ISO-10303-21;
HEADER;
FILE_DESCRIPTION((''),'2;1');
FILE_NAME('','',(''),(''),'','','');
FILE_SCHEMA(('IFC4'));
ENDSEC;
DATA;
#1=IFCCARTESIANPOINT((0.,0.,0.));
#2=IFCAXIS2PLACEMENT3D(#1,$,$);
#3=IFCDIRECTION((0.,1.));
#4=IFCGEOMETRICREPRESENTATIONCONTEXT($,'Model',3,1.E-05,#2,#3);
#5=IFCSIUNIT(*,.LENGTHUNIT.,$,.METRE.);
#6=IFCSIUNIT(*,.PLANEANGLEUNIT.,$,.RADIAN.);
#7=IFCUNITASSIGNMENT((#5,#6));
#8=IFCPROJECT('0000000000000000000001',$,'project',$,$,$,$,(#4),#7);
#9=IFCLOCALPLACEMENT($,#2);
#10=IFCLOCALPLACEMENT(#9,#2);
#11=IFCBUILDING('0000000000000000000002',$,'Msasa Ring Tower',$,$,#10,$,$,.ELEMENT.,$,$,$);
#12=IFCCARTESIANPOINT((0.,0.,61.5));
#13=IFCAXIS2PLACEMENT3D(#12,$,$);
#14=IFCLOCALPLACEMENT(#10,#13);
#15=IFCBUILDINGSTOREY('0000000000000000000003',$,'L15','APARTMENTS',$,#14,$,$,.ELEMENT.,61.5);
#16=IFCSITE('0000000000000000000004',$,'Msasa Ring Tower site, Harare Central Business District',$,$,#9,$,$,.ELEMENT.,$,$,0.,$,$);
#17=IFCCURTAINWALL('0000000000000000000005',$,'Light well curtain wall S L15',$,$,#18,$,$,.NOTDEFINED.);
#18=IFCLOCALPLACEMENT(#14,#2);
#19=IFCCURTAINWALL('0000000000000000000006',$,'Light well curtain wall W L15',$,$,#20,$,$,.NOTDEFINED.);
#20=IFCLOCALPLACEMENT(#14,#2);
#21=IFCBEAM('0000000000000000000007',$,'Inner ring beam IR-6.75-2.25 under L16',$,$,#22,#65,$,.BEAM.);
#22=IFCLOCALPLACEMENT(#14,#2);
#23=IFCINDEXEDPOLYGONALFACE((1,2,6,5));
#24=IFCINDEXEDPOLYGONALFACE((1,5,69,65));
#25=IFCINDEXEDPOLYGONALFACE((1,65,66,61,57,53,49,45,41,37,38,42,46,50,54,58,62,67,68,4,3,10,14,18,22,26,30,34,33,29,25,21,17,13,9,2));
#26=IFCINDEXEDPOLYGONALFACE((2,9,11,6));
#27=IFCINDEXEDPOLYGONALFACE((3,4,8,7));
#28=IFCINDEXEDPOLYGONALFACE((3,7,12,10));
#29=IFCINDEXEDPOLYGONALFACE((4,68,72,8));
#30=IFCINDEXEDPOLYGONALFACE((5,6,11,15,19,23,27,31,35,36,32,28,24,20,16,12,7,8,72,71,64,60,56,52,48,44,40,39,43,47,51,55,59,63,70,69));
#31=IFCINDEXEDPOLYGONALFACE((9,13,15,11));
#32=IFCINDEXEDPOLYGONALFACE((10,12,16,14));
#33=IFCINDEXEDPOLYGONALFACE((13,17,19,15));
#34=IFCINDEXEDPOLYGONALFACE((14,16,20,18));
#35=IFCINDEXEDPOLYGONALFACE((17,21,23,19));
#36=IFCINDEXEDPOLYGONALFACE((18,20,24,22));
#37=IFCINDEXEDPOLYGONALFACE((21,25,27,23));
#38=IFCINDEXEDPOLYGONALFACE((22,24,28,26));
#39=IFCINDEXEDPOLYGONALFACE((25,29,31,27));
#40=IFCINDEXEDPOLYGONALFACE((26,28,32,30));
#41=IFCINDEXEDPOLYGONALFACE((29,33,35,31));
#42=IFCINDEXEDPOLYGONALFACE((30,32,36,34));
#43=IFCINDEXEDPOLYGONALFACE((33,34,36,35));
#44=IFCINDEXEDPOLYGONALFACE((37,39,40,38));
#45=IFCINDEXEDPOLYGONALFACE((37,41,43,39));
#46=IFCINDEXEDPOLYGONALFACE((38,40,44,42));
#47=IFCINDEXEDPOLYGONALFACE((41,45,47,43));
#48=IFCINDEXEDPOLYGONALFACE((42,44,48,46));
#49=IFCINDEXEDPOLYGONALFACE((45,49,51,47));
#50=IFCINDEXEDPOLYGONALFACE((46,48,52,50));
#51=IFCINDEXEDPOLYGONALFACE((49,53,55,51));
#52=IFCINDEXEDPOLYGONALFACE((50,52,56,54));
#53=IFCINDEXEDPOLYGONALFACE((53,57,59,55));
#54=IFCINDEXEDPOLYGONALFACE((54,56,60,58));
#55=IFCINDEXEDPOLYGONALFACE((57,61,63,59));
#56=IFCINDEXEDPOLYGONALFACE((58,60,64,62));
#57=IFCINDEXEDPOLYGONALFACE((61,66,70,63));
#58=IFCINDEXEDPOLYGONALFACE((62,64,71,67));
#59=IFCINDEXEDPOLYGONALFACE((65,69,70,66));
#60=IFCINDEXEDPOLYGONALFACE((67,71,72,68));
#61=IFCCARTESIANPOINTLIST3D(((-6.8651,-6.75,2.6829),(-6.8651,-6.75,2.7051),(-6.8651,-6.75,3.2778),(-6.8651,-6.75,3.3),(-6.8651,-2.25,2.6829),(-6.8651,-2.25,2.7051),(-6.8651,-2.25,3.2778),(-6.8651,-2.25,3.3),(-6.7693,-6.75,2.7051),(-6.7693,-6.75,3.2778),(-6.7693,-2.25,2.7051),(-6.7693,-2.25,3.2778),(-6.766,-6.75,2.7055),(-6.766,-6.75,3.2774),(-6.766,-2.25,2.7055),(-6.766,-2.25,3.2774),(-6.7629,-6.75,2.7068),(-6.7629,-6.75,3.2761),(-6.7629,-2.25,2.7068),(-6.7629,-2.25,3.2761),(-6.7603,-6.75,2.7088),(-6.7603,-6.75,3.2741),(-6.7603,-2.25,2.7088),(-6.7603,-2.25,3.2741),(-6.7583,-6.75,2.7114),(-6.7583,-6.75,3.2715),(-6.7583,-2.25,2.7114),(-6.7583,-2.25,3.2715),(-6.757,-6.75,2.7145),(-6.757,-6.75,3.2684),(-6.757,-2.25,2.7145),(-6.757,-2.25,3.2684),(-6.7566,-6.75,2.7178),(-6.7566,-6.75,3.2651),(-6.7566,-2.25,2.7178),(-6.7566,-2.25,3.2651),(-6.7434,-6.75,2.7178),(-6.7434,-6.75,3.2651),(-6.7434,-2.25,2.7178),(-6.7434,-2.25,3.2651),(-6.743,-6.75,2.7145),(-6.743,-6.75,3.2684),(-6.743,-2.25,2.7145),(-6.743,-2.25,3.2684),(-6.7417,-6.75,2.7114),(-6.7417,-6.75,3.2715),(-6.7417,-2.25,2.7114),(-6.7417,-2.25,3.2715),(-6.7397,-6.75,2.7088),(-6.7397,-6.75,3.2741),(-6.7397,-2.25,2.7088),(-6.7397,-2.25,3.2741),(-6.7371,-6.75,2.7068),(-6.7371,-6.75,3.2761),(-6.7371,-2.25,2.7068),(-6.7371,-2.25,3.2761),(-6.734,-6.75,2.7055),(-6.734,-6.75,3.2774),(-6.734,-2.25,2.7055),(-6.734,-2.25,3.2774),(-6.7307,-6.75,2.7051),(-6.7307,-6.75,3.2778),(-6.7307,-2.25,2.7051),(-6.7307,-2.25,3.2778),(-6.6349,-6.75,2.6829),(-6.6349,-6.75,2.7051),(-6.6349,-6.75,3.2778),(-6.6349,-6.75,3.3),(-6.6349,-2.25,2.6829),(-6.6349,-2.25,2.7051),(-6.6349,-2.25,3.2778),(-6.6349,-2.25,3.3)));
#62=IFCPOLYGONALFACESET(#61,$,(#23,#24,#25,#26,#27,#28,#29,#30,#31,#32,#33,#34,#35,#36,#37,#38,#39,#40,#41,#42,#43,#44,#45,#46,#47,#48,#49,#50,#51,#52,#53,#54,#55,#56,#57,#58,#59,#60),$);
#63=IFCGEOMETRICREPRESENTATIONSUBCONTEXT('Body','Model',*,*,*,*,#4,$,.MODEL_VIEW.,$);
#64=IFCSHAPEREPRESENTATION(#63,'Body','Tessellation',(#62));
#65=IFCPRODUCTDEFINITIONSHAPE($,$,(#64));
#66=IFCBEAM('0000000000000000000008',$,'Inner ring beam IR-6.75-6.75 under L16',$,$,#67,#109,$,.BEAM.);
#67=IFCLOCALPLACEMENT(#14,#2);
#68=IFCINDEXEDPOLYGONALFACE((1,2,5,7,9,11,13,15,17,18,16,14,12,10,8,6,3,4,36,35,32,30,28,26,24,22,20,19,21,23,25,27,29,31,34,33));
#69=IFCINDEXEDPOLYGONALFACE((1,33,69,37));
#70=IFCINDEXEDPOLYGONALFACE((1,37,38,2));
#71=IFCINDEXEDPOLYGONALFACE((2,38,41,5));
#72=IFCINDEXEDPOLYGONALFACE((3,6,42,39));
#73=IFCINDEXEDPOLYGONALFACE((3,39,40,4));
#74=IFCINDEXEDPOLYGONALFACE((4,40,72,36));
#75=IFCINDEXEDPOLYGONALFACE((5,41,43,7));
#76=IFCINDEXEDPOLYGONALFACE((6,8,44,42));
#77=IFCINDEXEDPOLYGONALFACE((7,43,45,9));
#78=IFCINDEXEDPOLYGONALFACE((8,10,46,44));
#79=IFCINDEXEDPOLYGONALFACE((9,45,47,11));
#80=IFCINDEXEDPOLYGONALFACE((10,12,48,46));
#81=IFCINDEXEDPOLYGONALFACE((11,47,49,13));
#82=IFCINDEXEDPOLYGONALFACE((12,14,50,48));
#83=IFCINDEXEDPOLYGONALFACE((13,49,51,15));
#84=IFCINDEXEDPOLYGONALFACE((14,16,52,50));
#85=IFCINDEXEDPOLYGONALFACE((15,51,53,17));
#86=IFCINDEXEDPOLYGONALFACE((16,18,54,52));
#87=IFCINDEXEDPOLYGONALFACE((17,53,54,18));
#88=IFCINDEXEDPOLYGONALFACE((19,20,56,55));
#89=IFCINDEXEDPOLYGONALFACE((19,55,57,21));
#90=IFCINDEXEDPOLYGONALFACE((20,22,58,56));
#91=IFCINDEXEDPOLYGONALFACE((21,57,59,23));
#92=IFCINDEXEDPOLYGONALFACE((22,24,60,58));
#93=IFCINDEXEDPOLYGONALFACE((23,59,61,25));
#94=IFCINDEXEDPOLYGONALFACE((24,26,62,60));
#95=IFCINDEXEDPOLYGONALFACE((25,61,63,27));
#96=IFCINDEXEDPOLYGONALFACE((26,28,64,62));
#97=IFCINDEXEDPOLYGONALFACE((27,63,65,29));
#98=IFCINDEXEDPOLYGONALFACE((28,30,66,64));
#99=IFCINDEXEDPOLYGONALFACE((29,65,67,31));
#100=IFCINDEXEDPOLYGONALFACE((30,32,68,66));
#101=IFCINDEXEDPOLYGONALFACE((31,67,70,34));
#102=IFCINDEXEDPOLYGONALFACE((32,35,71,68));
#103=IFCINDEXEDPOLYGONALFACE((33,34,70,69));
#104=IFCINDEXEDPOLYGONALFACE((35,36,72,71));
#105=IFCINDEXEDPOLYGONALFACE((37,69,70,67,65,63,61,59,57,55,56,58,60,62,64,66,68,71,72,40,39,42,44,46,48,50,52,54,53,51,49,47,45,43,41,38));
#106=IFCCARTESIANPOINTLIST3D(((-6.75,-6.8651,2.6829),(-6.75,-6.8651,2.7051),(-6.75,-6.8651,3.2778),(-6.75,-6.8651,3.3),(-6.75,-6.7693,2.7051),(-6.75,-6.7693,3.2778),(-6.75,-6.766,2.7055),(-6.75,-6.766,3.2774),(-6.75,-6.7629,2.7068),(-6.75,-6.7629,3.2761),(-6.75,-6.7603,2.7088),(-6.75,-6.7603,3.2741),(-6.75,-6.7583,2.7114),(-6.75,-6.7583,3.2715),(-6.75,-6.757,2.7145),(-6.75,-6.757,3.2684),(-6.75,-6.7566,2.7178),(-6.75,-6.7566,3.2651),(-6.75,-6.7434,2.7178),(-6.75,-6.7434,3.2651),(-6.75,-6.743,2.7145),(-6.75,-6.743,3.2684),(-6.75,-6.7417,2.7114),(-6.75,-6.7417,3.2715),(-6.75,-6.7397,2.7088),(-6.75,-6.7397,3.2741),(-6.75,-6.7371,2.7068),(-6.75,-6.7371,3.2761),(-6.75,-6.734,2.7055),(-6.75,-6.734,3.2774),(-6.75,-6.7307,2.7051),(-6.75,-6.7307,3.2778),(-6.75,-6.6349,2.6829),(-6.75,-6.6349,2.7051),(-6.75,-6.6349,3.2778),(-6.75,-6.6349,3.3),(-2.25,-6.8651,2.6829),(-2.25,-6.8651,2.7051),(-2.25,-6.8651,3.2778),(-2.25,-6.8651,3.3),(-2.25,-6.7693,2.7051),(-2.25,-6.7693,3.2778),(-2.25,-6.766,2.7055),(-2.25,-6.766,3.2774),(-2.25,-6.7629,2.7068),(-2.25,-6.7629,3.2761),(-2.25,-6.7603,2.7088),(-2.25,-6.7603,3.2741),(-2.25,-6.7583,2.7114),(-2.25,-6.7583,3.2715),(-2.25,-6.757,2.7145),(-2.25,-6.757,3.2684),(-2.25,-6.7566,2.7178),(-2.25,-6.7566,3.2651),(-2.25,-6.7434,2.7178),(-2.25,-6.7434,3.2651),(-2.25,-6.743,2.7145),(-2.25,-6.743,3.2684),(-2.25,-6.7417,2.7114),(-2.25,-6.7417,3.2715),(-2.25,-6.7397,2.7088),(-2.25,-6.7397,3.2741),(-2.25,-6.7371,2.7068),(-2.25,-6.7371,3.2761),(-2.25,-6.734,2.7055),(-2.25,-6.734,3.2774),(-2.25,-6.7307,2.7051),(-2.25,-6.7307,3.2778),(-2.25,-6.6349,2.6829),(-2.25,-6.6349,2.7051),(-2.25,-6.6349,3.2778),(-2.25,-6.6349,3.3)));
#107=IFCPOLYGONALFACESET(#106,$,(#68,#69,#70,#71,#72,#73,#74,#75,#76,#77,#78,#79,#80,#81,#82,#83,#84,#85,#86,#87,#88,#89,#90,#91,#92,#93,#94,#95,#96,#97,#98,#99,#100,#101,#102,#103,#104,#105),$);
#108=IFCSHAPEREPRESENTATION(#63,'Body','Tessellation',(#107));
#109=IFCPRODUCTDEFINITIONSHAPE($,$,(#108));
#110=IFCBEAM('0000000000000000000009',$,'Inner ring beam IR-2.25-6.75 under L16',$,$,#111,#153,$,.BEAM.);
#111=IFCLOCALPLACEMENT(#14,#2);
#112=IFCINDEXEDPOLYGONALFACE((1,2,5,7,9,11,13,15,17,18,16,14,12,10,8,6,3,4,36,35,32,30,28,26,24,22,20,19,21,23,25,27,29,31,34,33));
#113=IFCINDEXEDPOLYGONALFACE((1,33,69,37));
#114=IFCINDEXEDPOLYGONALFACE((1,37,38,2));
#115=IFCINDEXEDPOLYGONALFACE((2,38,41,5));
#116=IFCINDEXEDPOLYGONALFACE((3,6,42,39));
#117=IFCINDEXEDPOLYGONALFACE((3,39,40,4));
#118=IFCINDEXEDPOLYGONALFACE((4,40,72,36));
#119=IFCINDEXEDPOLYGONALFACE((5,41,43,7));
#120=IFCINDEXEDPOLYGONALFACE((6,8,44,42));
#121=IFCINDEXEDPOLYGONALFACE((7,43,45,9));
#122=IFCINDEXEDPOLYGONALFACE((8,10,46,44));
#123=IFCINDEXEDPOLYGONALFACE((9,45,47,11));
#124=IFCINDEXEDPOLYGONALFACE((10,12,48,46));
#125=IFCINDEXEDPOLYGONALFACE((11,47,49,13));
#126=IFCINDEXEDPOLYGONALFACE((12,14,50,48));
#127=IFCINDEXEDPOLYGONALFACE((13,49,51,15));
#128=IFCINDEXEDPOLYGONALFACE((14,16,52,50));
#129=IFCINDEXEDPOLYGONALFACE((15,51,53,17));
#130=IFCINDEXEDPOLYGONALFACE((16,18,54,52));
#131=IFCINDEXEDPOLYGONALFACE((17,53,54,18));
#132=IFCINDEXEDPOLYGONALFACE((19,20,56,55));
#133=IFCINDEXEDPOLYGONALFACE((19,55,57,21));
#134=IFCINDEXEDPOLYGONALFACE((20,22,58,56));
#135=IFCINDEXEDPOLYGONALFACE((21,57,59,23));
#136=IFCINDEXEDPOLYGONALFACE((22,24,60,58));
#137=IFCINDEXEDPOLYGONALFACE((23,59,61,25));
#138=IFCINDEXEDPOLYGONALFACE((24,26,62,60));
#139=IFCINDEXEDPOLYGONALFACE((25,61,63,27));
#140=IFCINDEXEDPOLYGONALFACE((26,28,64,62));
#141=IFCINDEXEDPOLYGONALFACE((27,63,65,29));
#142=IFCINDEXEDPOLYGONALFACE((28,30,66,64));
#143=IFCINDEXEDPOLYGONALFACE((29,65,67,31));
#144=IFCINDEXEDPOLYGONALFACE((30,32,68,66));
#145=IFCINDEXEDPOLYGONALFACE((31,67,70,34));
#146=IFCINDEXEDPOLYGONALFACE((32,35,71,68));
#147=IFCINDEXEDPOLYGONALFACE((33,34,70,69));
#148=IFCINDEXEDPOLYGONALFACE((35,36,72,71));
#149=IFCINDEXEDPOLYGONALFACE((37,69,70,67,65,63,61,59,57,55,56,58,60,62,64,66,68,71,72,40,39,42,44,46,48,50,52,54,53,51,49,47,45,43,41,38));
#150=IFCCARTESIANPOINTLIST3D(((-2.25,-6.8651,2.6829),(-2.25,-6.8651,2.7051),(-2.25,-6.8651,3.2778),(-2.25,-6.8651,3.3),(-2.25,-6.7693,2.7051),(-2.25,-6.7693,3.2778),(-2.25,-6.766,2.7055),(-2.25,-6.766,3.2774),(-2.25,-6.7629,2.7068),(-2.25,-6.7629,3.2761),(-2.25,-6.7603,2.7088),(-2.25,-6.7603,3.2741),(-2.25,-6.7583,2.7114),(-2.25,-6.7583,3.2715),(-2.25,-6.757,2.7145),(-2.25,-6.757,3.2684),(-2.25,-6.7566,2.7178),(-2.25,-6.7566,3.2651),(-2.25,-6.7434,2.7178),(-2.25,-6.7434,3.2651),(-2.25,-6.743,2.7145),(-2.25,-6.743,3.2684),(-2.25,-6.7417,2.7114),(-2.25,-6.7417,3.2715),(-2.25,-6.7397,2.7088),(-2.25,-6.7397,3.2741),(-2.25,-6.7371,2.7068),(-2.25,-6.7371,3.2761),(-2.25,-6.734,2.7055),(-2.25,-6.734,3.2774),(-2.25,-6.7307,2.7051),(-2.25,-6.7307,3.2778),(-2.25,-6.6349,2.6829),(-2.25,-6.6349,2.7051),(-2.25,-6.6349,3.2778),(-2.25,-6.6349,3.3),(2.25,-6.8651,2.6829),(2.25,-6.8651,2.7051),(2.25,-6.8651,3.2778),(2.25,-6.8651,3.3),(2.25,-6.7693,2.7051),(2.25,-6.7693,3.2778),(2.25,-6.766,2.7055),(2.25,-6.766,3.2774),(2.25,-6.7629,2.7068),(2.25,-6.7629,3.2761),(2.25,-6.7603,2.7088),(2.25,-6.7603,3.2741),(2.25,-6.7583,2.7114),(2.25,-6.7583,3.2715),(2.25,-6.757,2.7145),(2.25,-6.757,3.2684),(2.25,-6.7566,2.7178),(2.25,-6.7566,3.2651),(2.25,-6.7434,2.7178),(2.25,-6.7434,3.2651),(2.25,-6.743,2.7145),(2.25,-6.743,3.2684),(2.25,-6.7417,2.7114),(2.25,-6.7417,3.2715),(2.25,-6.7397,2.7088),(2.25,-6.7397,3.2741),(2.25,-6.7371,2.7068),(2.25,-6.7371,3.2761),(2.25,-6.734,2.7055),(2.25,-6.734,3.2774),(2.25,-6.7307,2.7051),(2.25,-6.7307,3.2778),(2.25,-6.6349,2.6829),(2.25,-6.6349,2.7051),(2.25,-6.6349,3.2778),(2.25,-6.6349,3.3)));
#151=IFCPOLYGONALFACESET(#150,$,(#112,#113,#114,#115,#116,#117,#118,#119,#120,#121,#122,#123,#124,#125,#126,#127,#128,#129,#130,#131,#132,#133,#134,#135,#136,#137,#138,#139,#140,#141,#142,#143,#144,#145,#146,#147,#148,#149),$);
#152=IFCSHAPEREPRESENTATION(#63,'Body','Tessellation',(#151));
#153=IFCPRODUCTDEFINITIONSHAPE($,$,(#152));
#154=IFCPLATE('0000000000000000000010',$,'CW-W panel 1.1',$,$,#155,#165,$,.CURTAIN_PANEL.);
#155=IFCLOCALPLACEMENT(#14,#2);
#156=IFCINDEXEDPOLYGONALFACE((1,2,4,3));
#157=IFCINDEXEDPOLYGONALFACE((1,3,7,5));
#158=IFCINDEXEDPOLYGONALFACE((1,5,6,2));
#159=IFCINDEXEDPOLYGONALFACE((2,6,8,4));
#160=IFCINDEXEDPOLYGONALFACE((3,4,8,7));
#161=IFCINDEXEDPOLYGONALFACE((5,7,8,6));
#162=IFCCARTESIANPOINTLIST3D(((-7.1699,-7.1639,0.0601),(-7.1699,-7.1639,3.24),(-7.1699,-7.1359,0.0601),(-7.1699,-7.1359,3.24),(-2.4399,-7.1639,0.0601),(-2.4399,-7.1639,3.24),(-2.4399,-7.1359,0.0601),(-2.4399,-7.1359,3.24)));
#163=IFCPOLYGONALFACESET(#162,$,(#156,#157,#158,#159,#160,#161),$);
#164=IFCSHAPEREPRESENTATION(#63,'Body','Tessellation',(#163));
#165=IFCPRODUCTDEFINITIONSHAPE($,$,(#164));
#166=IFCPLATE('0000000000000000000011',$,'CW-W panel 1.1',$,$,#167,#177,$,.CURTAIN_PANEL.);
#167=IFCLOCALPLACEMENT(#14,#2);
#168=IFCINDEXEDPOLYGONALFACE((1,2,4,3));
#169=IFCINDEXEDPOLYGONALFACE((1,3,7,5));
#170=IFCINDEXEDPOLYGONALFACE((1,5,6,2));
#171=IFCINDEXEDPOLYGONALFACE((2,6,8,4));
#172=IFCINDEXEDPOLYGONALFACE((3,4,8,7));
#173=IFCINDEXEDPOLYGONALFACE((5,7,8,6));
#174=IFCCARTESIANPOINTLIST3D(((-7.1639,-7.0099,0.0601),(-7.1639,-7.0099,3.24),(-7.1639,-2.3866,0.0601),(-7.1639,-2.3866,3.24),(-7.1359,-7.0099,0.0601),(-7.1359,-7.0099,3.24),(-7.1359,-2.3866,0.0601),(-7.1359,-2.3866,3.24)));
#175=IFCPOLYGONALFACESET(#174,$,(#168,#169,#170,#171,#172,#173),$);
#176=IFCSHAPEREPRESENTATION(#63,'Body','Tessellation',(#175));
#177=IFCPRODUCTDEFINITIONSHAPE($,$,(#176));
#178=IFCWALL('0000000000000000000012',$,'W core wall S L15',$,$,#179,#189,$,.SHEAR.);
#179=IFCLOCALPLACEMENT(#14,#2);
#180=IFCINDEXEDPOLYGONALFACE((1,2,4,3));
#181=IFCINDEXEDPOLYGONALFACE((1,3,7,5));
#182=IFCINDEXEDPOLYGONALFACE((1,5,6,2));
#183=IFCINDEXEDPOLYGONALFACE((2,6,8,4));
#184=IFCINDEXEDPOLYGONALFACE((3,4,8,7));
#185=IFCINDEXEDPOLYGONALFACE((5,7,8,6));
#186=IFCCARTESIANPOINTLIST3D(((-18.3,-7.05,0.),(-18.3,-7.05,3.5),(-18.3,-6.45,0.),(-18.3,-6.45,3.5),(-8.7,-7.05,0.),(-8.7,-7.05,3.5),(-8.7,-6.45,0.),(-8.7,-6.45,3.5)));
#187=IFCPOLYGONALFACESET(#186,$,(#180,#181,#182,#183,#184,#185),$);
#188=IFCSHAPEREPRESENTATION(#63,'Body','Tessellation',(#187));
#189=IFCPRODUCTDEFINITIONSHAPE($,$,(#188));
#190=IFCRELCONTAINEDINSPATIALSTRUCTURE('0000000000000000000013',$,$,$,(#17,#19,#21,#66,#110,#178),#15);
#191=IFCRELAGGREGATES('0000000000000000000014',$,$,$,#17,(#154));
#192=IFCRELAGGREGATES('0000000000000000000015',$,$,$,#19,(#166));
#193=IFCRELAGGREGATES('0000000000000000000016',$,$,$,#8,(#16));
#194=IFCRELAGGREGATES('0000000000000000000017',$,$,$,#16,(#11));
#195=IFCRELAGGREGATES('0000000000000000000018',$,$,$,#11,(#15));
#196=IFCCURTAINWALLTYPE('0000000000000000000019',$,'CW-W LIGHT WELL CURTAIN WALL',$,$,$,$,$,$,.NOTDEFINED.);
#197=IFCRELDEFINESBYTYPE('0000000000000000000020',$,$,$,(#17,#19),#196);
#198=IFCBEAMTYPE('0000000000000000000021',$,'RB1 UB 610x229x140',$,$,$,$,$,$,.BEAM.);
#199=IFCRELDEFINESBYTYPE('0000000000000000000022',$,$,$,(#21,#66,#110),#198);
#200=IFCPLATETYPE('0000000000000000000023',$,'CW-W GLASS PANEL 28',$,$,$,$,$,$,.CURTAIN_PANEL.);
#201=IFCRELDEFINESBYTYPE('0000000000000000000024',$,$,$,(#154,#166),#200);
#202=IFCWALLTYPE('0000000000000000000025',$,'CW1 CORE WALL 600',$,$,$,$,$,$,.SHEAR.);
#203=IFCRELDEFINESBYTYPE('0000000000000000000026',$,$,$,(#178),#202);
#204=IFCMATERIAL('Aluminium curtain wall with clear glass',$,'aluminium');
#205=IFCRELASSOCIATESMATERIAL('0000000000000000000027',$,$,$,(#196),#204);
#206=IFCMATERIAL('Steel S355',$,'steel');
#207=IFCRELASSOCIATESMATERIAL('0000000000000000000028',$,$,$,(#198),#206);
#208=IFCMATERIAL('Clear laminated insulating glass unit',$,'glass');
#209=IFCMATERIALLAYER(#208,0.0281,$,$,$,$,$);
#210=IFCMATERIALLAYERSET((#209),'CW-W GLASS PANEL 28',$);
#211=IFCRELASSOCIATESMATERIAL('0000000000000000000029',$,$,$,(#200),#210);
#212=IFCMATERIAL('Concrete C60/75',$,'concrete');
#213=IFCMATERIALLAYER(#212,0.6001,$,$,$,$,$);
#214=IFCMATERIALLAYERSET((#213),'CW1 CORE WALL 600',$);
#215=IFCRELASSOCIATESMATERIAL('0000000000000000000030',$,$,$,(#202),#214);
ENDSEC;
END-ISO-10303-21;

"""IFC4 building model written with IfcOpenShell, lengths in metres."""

from ifc_helpers import new_model, si_unit, direction, frame, frame_2d, origin, origin_2d, place, context, subcontext, project, spatial, rectangle, i_section, extrude, material, layer, layer_set, material_profile, profile_set, type_object, element, aggregate, save


model = new_model("IFC4")

# Units and contexts
model_context = context("Model", 3, precision=1e-05, world=origin(), true_north=direction((0.0, 1.0)))
body_context = subcontext(model_context, "Body", "Model", "MODEL_VIEW")
ifc_project = project(units=[si_unit("LENGTHUNIT", "METRE"), si_unit("PLANEANGLEUNIT", "RADIAN")], contexts=[model_context])

# Site, building, storey
site_placement = place(None, origin())
site = spatial("IfcSite", under=ifc_project, at=site_placement, Name="Msasa Ring Tower site, Harare Central Business District", CompositionType="ELEMENT", RefElevation=0.0)
building_placement = place(site_placement, origin())
building = spatial("IfcBuilding", under=site, at=building_placement, Name="Msasa Ring Tower", CompositionType="ELEMENT")
storey_placement = place(building_placement, frame((0.0, 0.0, 61.5)))
storey = spatial("IfcBuildingStorey", under=building, at=storey_placement, Name="L15", Description="APARTMENTS", CompositionType="ELEMENT", Elevation=61.5)

# Curtain wall
ifc_material_1 = material(Name="Aluminium curtain wall with clear glass", Category="aluminium")
curtain_wall_type = type_object("IfcCurtainWallType", Name="CW-W LIGHT WELL CURTAIN WALL", PredefinedType="NOTDEFINED", material=ifc_material_1)
curtain_wall_1_placement = place(storey_placement, origin())
curtain_wall_1 = element("IfcCurtainWall", 1, at=curtain_wall_1_placement, inside=storey, type_object=curtain_wall_type, Name="Light well curtain wall S L15", PredefinedType="NOTDEFINED")

# Curtain wall
curtain_wall_2_placement = place(storey_placement, origin())
curtain_wall_2 = element("IfcCurtainWall", 2, at=curtain_wall_2_placement, inside=storey, type_object=curtain_wall_type, Name="Light well curtain wall W L15", PredefinedType="NOTDEFINED")

# Beams
ifc_material_2 = material(Name="Steel S355", Category="steel")
ifc_material_profile_1 = material_profile(ifc_material_2, i_section(OverallWidth=0.2302, OverallDepth=0.6172, WebThickness=0.0132, FlangeThickness=0.0222, FilletRadius=0.0127, at=origin_2d()), Name="UB 610x229x140")
ifc_profile_set_1 = profile_set([ifc_material_profile_1], Name="Steel S355")
beam_type = type_object("IfcBeamType", Name="RB1 UB 610x229x140", PredefinedType="BEAM", material=ifc_profile_set_1)
for number, where, z_axis, x_axis, name in (
    (3, (-6.75, -2.25, 2.9915), (0.0, -1.0, 0.0), (1.0, 0.0, 0.0), "Inner ring beam IR-6.75-2.25 under L16"),
    (4, (-6.75, -6.75, 2.9915), (1.0, 0.0, 0.0), (0.0, 1.0, 0.0), "Inner ring beam IR-6.75-6.75 under L16"),
    (5, (-2.25, -6.75, 2.9915), (1.0, 0.0, 0.0), (0.0, 1.0, 0.0), "Inner ring beam IR-2.25-6.75 under L16"),
):
    element("IfcBeam", number, at=place(storey_placement, frame(where, z_axis=z_axis, x_axis=x_axis)), inside=storey, type_object=beam_type, Name=name, PredefinedType="BEAM", context=body_context, shape_type="SweptSolid", body=[
        extrude(i_section(OverallWidth=0.2302, OverallDepth=0.6172, WebThickness=0.0132, FlangeThickness=0.0222, FilletRadius=0.0127, at=origin_2d()), origin(), (0.0, 0.0, 1.0), 4.5),
    ])

# Plates
ifc_material_3 = material(Name="Clear laminated insulating glass unit", Category="glass")
ifc_layer_1 = layer(ifc_material_3, 0.0281)
ifc_layer_set_1 = layer_set([ifc_layer_1], Name="CW-W GLASS PANEL 28")
plate_type = type_object("IfcPlateType", Name="CW-W GLASS PANEL 28", PredefinedType="CURTAIN_PANEL", material=ifc_layer_set_1)
plate_1_placement = place(storey_placement, frame((-4.8049, -7.1499, 0.0601), z_axis=(0.0, 0.0, 1.0), x_axis=(1.0, 0.0, 0.0)))
plate_1 = element("IfcPlate", 6, at=plate_1_placement, type_object=plate_type, Name="CW-W panel 1.1", PredefinedType="CURTAIN_PANEL", context=body_context, shape_type="SweptSolid", body=[
    extrude(rectangle(XDim=4.73, YDim=0.0281, at=origin_2d()), origin(), (0.0, 0.0, 1.0), 3.1799),
])
aggregate(curtain_wall_1, [plate_1])
plate_2_placement = place(storey_placement, frame((-7.1499, -4.6982, 0.0601), z_axis=(0.0, 0.0, 1.0), x_axis=(0.0, 1.0, 0.0)))
plate_2 = element("IfcPlate", 7, at=plate_2_placement, type_object=plate_type, Name="CW-W panel 1.1", PredefinedType="CURTAIN_PANEL", context=body_context, shape_type="SweptSolid", body=[
    extrude(rectangle(XDim=4.6233, YDim=0.0281, at=origin_2d()), origin(), (0.0, 0.0, 1.0), 3.1799),
])
aggregate(curtain_wall_2, [plate_2])

# Wall
ifc_material_4 = material(Name="Concrete C60/75", Category="concrete")
ifc_layer_2 = layer(ifc_material_4, 0.6001)
ifc_layer_set_2 = layer_set([ifc_layer_2], Name="CW1 CORE WALL 600")
wall_type_1 = type_object("IfcWallType", Name="CW1 CORE WALL 600", PredefinedType="SHEAR", material=ifc_layer_set_2)
wall_1_placement = place(storey_placement, frame((-8.7, -6.75, 0.0), z_axis=(0.0, 0.0, 1.0), x_axis=(-1.0, 0.0, 0.0)))
element("IfcWall", 8, at=wall_1_placement, inside=storey, type_object=wall_type_1, Name="W core wall S L15", PredefinedType="SHEAR", context=body_context, shape_type="SweptSolid", body=[
    extrude(rectangle(XDim=9.6001, YDim=0.6001, at=frame_2d((4.8, 0.0))), origin(), (0.0, 0.0, 1.0), 3.5),
])

save(model, "model.ifc")
